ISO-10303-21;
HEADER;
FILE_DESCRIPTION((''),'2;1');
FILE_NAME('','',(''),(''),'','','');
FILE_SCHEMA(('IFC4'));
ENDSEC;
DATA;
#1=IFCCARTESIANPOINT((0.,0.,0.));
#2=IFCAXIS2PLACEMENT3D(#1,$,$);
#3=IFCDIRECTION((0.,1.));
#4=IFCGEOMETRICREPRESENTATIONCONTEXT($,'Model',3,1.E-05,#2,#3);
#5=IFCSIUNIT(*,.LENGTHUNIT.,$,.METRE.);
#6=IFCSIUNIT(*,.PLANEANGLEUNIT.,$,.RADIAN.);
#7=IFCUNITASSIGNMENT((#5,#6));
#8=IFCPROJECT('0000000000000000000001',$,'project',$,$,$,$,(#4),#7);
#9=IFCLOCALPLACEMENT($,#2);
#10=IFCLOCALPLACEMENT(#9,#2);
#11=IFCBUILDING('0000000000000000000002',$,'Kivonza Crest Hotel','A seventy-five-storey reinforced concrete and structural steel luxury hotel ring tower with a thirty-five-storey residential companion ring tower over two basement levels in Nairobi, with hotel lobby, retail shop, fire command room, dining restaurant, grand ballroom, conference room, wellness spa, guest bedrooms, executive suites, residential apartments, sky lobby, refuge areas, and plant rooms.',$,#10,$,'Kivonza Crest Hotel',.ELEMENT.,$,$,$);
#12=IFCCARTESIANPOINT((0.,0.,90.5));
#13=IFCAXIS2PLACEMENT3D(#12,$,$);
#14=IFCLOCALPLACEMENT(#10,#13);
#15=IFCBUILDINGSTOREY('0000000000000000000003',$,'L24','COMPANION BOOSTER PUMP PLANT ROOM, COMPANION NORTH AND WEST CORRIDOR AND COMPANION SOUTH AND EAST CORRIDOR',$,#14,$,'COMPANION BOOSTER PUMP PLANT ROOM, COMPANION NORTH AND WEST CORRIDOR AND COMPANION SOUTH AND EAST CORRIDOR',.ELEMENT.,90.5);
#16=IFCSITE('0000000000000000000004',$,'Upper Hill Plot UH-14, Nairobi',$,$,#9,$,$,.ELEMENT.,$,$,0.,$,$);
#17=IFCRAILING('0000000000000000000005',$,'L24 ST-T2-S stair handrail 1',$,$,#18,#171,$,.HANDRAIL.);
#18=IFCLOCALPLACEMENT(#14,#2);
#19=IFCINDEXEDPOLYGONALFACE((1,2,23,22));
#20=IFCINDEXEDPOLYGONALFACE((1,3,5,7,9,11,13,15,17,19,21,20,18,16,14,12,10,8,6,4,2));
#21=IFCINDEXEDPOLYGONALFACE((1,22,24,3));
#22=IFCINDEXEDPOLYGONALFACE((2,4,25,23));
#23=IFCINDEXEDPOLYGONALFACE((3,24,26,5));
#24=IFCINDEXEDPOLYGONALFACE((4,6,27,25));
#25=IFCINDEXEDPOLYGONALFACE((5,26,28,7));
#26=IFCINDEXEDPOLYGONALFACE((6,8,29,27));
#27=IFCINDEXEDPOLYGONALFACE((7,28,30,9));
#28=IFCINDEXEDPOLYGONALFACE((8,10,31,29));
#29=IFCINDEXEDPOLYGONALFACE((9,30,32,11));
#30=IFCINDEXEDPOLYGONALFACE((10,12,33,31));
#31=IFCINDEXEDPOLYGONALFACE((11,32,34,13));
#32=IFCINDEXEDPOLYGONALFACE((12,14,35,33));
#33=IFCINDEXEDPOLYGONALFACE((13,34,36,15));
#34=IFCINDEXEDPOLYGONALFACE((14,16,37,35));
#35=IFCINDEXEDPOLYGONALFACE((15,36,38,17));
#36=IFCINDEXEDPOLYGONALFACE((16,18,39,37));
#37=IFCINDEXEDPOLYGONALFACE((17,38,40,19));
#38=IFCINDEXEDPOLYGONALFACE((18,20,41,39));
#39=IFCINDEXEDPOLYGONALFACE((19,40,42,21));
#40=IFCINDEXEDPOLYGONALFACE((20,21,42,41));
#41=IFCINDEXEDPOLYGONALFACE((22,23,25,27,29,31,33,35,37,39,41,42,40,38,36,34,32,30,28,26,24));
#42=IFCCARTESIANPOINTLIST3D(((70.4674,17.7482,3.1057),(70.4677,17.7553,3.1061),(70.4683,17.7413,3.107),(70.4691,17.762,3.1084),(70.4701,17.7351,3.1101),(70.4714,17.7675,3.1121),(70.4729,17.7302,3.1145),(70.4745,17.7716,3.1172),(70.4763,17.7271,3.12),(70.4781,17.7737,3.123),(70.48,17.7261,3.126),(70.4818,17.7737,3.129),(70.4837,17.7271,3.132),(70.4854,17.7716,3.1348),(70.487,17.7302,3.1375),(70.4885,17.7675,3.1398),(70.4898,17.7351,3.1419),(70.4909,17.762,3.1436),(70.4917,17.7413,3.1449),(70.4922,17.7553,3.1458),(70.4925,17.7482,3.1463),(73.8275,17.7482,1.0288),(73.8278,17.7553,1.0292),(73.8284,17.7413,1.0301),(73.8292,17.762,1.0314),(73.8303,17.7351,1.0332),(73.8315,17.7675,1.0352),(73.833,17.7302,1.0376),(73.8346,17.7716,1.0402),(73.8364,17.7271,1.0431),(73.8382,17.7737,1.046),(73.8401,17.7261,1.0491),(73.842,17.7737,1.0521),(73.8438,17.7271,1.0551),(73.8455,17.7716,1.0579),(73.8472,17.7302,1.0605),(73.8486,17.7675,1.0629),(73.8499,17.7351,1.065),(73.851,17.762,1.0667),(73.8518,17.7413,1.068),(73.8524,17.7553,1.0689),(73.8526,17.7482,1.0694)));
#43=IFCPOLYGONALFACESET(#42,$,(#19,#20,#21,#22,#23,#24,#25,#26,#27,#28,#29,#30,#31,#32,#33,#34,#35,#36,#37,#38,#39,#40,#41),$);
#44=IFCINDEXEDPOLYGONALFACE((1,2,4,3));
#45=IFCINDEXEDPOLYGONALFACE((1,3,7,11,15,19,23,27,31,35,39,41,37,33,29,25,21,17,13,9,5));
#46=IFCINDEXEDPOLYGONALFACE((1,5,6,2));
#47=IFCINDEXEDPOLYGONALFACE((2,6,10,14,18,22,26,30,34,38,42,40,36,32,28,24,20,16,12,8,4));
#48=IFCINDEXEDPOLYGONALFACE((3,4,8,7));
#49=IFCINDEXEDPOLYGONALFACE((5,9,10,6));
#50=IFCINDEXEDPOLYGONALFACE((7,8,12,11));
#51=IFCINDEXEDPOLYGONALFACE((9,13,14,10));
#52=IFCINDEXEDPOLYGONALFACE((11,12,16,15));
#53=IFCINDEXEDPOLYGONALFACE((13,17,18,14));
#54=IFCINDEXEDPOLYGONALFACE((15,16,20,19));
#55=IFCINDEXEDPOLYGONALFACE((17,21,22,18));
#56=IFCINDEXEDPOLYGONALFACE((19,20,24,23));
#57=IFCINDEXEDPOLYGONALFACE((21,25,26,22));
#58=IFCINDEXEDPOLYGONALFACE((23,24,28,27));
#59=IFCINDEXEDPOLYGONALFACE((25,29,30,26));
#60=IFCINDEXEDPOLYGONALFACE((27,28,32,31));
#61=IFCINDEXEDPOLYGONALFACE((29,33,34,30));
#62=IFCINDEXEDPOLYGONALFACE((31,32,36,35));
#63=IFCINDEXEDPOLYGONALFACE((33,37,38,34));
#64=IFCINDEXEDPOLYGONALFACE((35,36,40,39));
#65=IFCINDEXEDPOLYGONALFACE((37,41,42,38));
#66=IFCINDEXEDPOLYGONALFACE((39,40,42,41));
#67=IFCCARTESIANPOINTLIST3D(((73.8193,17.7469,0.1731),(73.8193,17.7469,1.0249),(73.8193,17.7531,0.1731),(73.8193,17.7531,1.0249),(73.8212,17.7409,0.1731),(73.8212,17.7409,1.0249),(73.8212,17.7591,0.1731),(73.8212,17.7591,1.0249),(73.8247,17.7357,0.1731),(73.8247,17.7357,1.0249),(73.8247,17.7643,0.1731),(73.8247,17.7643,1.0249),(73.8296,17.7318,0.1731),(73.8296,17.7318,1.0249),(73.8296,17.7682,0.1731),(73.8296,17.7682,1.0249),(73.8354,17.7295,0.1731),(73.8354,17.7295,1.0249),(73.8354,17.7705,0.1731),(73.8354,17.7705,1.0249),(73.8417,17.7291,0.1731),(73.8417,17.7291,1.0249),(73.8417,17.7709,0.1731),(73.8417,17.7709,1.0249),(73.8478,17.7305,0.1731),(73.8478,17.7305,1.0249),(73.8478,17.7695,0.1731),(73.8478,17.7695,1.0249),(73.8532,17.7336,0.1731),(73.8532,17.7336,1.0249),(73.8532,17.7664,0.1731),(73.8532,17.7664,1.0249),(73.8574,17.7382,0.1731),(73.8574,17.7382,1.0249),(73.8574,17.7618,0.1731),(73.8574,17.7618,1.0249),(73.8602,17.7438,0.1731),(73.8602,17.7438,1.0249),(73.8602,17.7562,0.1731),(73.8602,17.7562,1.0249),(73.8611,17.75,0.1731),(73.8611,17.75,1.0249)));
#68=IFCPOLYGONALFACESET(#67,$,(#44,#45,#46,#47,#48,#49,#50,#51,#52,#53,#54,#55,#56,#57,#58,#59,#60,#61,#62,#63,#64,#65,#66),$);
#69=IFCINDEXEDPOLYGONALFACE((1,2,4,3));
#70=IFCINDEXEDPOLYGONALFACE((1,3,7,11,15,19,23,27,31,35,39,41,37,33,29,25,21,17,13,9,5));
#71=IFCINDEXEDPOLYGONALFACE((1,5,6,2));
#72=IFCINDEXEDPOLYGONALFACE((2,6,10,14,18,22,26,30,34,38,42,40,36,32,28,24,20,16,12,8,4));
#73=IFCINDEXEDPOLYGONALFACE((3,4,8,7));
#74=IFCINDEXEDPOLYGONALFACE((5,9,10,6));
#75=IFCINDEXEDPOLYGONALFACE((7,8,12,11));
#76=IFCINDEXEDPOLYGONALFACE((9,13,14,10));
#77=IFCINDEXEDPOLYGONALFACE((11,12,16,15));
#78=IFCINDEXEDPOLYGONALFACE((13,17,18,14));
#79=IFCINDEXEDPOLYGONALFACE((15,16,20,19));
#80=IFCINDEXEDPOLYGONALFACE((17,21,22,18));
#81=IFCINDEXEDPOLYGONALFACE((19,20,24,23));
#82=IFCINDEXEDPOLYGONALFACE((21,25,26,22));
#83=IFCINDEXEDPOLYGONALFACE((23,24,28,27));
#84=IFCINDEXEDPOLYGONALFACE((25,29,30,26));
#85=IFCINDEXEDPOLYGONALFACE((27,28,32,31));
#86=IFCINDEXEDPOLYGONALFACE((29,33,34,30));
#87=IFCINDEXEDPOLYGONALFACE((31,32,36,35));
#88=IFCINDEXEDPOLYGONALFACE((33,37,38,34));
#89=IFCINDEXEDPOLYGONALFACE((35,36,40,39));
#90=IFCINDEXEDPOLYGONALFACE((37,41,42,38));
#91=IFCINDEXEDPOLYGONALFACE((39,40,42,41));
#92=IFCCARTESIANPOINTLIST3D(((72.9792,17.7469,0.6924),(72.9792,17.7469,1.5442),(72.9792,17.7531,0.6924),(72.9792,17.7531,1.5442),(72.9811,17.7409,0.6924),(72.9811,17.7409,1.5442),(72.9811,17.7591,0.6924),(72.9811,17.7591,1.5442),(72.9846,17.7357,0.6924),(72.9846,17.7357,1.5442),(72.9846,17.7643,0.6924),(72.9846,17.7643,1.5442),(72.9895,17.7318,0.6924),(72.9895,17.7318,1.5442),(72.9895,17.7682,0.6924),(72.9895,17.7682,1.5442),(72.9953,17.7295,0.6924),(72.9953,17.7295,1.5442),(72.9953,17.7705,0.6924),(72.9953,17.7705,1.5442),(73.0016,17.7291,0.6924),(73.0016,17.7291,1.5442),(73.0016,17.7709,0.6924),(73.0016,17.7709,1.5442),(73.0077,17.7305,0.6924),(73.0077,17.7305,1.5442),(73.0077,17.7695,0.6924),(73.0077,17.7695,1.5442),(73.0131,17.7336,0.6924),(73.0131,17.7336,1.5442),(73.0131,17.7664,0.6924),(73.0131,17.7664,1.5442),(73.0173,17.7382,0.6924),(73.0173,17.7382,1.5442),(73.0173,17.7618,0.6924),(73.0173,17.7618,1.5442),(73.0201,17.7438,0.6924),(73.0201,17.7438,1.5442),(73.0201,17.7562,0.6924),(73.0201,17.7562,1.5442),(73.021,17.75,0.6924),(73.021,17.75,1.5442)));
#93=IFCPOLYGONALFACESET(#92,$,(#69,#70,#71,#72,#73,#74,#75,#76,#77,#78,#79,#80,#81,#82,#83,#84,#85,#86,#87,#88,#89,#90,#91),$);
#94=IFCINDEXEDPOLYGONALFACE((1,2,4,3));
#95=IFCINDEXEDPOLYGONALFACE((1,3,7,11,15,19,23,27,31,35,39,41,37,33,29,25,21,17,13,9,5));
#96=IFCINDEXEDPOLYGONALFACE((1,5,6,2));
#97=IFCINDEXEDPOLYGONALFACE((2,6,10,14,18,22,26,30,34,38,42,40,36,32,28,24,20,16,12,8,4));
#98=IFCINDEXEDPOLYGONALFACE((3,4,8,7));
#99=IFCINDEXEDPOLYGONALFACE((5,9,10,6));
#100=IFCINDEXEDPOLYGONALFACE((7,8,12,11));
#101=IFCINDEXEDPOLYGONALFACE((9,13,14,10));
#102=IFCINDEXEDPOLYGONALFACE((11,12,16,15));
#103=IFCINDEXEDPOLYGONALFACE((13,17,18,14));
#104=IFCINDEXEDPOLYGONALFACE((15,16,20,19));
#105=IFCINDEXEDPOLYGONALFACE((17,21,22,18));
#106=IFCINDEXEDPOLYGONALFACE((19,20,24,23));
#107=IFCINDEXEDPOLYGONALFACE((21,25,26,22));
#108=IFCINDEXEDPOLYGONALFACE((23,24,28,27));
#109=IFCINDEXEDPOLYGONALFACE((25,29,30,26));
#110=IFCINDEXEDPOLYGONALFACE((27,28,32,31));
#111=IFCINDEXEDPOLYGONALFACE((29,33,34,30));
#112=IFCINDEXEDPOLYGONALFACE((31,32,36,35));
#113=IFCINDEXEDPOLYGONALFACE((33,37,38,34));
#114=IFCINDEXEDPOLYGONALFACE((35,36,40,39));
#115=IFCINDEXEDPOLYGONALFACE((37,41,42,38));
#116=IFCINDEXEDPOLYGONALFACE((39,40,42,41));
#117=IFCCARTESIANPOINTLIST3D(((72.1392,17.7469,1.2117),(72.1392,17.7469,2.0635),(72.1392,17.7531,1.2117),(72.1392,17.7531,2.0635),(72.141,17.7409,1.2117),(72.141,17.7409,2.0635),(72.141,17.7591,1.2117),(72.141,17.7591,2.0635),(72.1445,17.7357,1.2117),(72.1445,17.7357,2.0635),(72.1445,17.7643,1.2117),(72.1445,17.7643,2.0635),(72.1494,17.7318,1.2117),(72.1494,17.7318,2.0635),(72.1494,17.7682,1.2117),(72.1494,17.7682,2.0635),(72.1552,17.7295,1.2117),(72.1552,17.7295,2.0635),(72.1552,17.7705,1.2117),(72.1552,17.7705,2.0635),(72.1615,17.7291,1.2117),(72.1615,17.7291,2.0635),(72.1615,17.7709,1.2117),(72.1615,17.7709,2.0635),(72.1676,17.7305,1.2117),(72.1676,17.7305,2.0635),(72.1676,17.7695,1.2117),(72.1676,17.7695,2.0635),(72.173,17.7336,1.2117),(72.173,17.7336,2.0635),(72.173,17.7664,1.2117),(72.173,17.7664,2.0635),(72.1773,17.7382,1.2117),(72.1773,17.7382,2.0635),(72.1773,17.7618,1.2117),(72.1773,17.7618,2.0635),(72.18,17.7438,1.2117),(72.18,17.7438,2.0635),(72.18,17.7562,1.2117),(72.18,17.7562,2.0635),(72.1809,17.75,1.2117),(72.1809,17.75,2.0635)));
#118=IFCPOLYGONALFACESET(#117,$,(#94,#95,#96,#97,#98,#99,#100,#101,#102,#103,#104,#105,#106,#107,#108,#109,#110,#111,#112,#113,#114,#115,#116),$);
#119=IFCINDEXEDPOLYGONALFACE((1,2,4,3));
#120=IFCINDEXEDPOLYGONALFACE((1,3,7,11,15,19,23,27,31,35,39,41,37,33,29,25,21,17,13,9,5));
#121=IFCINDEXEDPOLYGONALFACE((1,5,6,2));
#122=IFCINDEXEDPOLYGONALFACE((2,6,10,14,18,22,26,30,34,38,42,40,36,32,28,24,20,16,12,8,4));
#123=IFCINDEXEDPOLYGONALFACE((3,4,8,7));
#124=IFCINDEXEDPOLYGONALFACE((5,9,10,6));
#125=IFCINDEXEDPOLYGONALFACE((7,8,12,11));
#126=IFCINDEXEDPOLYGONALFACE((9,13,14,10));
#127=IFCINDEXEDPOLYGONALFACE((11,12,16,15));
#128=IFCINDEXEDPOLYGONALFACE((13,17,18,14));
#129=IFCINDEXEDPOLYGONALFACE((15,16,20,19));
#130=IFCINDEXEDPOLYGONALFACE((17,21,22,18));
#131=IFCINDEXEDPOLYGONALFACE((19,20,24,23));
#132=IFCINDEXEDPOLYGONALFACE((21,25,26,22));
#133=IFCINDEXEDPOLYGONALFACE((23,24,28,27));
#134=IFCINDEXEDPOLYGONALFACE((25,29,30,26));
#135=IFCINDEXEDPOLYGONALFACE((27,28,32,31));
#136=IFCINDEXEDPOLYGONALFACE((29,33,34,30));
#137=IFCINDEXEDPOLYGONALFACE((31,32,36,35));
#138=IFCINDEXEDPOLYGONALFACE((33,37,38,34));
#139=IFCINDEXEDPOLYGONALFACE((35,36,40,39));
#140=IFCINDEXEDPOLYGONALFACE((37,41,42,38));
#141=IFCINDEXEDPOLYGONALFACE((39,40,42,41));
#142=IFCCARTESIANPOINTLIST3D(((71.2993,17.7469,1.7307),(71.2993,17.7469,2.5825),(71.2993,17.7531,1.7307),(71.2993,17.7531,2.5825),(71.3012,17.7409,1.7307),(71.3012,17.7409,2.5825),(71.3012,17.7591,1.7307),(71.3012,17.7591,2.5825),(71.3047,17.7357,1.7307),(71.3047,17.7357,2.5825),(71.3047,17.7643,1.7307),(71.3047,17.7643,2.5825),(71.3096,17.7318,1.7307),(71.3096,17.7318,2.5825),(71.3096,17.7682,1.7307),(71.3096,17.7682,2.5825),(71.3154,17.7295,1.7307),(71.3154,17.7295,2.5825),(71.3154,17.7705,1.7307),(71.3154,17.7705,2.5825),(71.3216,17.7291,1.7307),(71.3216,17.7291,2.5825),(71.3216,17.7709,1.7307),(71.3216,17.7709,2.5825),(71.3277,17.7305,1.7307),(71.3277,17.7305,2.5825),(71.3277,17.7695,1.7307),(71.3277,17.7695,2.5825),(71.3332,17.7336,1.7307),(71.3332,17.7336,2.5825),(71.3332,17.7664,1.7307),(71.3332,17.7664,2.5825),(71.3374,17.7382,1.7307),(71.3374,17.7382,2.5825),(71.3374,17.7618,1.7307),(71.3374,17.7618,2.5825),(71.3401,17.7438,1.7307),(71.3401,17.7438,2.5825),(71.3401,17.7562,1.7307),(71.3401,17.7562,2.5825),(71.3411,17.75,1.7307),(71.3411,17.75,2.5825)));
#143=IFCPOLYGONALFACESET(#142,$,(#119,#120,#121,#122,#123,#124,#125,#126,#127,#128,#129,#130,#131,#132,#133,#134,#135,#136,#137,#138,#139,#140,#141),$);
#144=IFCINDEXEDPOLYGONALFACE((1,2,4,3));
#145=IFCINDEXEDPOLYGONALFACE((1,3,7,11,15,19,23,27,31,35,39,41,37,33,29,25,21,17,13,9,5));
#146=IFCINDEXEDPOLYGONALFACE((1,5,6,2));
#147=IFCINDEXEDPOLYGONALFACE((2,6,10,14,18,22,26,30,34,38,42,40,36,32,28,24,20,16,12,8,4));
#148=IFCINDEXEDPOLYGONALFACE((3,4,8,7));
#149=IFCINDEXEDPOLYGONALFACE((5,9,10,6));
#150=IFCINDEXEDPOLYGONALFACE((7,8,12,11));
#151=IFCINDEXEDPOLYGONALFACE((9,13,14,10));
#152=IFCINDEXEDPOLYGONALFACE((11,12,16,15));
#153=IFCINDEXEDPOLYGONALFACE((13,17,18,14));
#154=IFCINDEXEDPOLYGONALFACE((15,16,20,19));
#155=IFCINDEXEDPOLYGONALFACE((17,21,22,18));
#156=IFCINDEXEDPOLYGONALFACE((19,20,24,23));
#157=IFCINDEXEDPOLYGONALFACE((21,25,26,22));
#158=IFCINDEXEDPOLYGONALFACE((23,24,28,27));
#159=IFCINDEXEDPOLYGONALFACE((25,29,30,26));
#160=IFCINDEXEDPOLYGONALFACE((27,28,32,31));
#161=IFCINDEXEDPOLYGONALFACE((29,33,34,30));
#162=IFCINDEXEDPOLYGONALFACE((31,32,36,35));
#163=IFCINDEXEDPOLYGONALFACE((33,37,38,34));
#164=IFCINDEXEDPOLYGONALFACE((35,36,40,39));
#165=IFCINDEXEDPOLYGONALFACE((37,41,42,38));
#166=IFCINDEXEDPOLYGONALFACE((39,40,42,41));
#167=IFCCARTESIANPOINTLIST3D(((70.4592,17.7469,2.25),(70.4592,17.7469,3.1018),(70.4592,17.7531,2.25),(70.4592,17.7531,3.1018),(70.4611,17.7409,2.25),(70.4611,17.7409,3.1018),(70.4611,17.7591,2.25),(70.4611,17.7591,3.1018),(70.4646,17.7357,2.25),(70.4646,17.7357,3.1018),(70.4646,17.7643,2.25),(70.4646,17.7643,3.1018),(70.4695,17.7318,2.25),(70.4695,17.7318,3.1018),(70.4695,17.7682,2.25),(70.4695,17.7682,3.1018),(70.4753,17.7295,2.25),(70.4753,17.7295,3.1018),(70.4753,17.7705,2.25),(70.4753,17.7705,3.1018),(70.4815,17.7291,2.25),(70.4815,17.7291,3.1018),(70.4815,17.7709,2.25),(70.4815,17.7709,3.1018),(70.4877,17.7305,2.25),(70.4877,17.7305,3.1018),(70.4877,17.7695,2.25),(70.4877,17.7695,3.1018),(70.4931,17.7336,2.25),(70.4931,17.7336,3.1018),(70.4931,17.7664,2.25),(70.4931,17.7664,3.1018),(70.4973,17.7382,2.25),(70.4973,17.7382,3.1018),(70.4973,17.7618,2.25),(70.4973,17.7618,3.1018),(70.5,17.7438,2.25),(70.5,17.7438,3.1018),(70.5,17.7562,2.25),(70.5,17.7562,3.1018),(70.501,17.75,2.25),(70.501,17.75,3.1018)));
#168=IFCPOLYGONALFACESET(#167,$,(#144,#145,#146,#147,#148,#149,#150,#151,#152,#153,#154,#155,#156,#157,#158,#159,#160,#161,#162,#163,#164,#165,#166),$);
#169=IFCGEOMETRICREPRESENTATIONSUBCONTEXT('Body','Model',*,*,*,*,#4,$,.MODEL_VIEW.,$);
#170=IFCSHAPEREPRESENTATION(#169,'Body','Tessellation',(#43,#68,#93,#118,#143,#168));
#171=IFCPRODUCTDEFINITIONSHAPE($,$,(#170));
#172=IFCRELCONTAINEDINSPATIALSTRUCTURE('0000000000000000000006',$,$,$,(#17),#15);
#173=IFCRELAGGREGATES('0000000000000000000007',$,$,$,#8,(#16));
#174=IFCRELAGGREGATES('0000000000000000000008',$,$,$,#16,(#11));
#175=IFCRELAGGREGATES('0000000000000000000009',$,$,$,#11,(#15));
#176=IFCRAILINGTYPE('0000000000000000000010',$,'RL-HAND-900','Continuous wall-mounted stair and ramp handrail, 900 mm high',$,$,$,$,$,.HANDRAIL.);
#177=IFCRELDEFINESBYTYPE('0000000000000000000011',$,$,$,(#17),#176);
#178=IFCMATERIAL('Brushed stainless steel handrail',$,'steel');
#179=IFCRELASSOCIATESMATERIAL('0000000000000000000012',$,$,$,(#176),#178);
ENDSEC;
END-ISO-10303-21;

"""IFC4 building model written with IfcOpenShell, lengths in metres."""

from ifc_helpers import new_model, si_unit, direction, frame, origin, origin_2d, place, context, subcontext, project, spatial, circle, extrude, material, type_object, element, save


model = new_model("IFC4")

# Units and contexts
model_context = context("Model", 3, precision=1e-05, world=origin(), true_north=direction((0.0, 1.0)))
body_context = subcontext(model_context, "Body", "Model", "MODEL_VIEW")
ifc_project = project(units=[si_unit("LENGTHUNIT", "METRE"), si_unit("PLANEANGLEUNIT", "RADIAN")], contexts=[model_context])

# Site, building, storey
site_placement = place(None, origin())
site = spatial("IfcSite", under=ifc_project, at=site_placement, Name="Upper Hill Plot UH-14, Nairobi", CompositionType="ELEMENT", RefElevation=0.0)
building_placement = place(site_placement, origin())
building = spatial("IfcBuilding", under=site, at=building_placement, Name="Kivonza Crest Hotel", Description="A seventy-five-storey reinforced concrete and structural steel luxury hotel ring tower with a thirty-five-storey residential companion ring tower over two basement levels in Nairobi, with hotel lobby, retail shop, fire command room, dining restaurant, grand ballroom, conference room, wellness spa, guest bedrooms, executive suites, residential apartments, sky lobby, refuge areas, and plant rooms.", LongName="Kivonza Crest Hotel", CompositionType="ELEMENT")
storey_placement = place(building_placement, frame((0.0, 0.0, 90.5)))
storey = spatial("IfcBuildingStorey", under=building, at=storey_placement, Name="L24", Description="COMPANION BOOSTER PUMP PLANT ROOM, COMPANION NORTH AND WEST CORRIDOR AND COMPANION SOUTH AND EAST CORRIDOR", LongName="COMPANION BOOSTER PUMP PLANT ROOM, COMPANION NORTH AND WEST CORRIDOR AND COMPANION SOUTH AND EAST CORRIDOR", CompositionType="ELEMENT", Elevation=90.5)

# Railing
ifc_material_1 = material(Name="Brushed stainless steel handrail", Category="steel")
railing_type_1 = type_object("IfcRailingType", Name="RL-HAND-900", Description="Continuous wall-mounted stair and ramp handrail, 900 mm high", PredefinedType="HANDRAIL", material=ifc_material_1)
railing_1_placement = place(storey_placement, frame((73.8401, 17.75, 0.1731)))
element("IfcRailing", 1, at=railing_1_placement, inside=storey, type_object=railing_type_1, Name="L24 ST-T2-S stair handrail 1", PredefinedType="HANDRAIL", context=body_context, shape_type="SweptSolid", body=[
    extrude(circle(Radius=0.0239, at=origin_2d()), frame((0.0, 0.0, 0.876), z_axis=(-0.850623, 0.0, 0.525776), x_axis=(0.0, -1.0, 0.0)), (0.0, 0.0, 1.0), 3.9502),
    extrude(circle(Radius=0.021, at=origin_2d()), origin(), (0.0, 0.0, 1.0), 0.8518),
    extrude(circle(Radius=0.021, at=origin_2d()), frame((-0.8401, 0.0, 0.5193)), (0.0, 0.0, 1.0), 0.8518),
    extrude(circle(Radius=0.021, at=origin_2d()), frame((-1.6802, 0.0, 1.0386)), (0.0, 0.0, 1.0), 0.8518),
    extrude(circle(Radius=0.021, at=origin_2d()), frame((-2.52, 0.0, 1.5576)), (0.0, 0.0, 1.0), 0.8518),
    extrude(circle(Radius=0.021, at=origin_2d()), frame((-3.3601, 0.0, 2.0769)), (0.0, 0.0, 1.0), 0.8518),
])

save(model, "model.ifc")
